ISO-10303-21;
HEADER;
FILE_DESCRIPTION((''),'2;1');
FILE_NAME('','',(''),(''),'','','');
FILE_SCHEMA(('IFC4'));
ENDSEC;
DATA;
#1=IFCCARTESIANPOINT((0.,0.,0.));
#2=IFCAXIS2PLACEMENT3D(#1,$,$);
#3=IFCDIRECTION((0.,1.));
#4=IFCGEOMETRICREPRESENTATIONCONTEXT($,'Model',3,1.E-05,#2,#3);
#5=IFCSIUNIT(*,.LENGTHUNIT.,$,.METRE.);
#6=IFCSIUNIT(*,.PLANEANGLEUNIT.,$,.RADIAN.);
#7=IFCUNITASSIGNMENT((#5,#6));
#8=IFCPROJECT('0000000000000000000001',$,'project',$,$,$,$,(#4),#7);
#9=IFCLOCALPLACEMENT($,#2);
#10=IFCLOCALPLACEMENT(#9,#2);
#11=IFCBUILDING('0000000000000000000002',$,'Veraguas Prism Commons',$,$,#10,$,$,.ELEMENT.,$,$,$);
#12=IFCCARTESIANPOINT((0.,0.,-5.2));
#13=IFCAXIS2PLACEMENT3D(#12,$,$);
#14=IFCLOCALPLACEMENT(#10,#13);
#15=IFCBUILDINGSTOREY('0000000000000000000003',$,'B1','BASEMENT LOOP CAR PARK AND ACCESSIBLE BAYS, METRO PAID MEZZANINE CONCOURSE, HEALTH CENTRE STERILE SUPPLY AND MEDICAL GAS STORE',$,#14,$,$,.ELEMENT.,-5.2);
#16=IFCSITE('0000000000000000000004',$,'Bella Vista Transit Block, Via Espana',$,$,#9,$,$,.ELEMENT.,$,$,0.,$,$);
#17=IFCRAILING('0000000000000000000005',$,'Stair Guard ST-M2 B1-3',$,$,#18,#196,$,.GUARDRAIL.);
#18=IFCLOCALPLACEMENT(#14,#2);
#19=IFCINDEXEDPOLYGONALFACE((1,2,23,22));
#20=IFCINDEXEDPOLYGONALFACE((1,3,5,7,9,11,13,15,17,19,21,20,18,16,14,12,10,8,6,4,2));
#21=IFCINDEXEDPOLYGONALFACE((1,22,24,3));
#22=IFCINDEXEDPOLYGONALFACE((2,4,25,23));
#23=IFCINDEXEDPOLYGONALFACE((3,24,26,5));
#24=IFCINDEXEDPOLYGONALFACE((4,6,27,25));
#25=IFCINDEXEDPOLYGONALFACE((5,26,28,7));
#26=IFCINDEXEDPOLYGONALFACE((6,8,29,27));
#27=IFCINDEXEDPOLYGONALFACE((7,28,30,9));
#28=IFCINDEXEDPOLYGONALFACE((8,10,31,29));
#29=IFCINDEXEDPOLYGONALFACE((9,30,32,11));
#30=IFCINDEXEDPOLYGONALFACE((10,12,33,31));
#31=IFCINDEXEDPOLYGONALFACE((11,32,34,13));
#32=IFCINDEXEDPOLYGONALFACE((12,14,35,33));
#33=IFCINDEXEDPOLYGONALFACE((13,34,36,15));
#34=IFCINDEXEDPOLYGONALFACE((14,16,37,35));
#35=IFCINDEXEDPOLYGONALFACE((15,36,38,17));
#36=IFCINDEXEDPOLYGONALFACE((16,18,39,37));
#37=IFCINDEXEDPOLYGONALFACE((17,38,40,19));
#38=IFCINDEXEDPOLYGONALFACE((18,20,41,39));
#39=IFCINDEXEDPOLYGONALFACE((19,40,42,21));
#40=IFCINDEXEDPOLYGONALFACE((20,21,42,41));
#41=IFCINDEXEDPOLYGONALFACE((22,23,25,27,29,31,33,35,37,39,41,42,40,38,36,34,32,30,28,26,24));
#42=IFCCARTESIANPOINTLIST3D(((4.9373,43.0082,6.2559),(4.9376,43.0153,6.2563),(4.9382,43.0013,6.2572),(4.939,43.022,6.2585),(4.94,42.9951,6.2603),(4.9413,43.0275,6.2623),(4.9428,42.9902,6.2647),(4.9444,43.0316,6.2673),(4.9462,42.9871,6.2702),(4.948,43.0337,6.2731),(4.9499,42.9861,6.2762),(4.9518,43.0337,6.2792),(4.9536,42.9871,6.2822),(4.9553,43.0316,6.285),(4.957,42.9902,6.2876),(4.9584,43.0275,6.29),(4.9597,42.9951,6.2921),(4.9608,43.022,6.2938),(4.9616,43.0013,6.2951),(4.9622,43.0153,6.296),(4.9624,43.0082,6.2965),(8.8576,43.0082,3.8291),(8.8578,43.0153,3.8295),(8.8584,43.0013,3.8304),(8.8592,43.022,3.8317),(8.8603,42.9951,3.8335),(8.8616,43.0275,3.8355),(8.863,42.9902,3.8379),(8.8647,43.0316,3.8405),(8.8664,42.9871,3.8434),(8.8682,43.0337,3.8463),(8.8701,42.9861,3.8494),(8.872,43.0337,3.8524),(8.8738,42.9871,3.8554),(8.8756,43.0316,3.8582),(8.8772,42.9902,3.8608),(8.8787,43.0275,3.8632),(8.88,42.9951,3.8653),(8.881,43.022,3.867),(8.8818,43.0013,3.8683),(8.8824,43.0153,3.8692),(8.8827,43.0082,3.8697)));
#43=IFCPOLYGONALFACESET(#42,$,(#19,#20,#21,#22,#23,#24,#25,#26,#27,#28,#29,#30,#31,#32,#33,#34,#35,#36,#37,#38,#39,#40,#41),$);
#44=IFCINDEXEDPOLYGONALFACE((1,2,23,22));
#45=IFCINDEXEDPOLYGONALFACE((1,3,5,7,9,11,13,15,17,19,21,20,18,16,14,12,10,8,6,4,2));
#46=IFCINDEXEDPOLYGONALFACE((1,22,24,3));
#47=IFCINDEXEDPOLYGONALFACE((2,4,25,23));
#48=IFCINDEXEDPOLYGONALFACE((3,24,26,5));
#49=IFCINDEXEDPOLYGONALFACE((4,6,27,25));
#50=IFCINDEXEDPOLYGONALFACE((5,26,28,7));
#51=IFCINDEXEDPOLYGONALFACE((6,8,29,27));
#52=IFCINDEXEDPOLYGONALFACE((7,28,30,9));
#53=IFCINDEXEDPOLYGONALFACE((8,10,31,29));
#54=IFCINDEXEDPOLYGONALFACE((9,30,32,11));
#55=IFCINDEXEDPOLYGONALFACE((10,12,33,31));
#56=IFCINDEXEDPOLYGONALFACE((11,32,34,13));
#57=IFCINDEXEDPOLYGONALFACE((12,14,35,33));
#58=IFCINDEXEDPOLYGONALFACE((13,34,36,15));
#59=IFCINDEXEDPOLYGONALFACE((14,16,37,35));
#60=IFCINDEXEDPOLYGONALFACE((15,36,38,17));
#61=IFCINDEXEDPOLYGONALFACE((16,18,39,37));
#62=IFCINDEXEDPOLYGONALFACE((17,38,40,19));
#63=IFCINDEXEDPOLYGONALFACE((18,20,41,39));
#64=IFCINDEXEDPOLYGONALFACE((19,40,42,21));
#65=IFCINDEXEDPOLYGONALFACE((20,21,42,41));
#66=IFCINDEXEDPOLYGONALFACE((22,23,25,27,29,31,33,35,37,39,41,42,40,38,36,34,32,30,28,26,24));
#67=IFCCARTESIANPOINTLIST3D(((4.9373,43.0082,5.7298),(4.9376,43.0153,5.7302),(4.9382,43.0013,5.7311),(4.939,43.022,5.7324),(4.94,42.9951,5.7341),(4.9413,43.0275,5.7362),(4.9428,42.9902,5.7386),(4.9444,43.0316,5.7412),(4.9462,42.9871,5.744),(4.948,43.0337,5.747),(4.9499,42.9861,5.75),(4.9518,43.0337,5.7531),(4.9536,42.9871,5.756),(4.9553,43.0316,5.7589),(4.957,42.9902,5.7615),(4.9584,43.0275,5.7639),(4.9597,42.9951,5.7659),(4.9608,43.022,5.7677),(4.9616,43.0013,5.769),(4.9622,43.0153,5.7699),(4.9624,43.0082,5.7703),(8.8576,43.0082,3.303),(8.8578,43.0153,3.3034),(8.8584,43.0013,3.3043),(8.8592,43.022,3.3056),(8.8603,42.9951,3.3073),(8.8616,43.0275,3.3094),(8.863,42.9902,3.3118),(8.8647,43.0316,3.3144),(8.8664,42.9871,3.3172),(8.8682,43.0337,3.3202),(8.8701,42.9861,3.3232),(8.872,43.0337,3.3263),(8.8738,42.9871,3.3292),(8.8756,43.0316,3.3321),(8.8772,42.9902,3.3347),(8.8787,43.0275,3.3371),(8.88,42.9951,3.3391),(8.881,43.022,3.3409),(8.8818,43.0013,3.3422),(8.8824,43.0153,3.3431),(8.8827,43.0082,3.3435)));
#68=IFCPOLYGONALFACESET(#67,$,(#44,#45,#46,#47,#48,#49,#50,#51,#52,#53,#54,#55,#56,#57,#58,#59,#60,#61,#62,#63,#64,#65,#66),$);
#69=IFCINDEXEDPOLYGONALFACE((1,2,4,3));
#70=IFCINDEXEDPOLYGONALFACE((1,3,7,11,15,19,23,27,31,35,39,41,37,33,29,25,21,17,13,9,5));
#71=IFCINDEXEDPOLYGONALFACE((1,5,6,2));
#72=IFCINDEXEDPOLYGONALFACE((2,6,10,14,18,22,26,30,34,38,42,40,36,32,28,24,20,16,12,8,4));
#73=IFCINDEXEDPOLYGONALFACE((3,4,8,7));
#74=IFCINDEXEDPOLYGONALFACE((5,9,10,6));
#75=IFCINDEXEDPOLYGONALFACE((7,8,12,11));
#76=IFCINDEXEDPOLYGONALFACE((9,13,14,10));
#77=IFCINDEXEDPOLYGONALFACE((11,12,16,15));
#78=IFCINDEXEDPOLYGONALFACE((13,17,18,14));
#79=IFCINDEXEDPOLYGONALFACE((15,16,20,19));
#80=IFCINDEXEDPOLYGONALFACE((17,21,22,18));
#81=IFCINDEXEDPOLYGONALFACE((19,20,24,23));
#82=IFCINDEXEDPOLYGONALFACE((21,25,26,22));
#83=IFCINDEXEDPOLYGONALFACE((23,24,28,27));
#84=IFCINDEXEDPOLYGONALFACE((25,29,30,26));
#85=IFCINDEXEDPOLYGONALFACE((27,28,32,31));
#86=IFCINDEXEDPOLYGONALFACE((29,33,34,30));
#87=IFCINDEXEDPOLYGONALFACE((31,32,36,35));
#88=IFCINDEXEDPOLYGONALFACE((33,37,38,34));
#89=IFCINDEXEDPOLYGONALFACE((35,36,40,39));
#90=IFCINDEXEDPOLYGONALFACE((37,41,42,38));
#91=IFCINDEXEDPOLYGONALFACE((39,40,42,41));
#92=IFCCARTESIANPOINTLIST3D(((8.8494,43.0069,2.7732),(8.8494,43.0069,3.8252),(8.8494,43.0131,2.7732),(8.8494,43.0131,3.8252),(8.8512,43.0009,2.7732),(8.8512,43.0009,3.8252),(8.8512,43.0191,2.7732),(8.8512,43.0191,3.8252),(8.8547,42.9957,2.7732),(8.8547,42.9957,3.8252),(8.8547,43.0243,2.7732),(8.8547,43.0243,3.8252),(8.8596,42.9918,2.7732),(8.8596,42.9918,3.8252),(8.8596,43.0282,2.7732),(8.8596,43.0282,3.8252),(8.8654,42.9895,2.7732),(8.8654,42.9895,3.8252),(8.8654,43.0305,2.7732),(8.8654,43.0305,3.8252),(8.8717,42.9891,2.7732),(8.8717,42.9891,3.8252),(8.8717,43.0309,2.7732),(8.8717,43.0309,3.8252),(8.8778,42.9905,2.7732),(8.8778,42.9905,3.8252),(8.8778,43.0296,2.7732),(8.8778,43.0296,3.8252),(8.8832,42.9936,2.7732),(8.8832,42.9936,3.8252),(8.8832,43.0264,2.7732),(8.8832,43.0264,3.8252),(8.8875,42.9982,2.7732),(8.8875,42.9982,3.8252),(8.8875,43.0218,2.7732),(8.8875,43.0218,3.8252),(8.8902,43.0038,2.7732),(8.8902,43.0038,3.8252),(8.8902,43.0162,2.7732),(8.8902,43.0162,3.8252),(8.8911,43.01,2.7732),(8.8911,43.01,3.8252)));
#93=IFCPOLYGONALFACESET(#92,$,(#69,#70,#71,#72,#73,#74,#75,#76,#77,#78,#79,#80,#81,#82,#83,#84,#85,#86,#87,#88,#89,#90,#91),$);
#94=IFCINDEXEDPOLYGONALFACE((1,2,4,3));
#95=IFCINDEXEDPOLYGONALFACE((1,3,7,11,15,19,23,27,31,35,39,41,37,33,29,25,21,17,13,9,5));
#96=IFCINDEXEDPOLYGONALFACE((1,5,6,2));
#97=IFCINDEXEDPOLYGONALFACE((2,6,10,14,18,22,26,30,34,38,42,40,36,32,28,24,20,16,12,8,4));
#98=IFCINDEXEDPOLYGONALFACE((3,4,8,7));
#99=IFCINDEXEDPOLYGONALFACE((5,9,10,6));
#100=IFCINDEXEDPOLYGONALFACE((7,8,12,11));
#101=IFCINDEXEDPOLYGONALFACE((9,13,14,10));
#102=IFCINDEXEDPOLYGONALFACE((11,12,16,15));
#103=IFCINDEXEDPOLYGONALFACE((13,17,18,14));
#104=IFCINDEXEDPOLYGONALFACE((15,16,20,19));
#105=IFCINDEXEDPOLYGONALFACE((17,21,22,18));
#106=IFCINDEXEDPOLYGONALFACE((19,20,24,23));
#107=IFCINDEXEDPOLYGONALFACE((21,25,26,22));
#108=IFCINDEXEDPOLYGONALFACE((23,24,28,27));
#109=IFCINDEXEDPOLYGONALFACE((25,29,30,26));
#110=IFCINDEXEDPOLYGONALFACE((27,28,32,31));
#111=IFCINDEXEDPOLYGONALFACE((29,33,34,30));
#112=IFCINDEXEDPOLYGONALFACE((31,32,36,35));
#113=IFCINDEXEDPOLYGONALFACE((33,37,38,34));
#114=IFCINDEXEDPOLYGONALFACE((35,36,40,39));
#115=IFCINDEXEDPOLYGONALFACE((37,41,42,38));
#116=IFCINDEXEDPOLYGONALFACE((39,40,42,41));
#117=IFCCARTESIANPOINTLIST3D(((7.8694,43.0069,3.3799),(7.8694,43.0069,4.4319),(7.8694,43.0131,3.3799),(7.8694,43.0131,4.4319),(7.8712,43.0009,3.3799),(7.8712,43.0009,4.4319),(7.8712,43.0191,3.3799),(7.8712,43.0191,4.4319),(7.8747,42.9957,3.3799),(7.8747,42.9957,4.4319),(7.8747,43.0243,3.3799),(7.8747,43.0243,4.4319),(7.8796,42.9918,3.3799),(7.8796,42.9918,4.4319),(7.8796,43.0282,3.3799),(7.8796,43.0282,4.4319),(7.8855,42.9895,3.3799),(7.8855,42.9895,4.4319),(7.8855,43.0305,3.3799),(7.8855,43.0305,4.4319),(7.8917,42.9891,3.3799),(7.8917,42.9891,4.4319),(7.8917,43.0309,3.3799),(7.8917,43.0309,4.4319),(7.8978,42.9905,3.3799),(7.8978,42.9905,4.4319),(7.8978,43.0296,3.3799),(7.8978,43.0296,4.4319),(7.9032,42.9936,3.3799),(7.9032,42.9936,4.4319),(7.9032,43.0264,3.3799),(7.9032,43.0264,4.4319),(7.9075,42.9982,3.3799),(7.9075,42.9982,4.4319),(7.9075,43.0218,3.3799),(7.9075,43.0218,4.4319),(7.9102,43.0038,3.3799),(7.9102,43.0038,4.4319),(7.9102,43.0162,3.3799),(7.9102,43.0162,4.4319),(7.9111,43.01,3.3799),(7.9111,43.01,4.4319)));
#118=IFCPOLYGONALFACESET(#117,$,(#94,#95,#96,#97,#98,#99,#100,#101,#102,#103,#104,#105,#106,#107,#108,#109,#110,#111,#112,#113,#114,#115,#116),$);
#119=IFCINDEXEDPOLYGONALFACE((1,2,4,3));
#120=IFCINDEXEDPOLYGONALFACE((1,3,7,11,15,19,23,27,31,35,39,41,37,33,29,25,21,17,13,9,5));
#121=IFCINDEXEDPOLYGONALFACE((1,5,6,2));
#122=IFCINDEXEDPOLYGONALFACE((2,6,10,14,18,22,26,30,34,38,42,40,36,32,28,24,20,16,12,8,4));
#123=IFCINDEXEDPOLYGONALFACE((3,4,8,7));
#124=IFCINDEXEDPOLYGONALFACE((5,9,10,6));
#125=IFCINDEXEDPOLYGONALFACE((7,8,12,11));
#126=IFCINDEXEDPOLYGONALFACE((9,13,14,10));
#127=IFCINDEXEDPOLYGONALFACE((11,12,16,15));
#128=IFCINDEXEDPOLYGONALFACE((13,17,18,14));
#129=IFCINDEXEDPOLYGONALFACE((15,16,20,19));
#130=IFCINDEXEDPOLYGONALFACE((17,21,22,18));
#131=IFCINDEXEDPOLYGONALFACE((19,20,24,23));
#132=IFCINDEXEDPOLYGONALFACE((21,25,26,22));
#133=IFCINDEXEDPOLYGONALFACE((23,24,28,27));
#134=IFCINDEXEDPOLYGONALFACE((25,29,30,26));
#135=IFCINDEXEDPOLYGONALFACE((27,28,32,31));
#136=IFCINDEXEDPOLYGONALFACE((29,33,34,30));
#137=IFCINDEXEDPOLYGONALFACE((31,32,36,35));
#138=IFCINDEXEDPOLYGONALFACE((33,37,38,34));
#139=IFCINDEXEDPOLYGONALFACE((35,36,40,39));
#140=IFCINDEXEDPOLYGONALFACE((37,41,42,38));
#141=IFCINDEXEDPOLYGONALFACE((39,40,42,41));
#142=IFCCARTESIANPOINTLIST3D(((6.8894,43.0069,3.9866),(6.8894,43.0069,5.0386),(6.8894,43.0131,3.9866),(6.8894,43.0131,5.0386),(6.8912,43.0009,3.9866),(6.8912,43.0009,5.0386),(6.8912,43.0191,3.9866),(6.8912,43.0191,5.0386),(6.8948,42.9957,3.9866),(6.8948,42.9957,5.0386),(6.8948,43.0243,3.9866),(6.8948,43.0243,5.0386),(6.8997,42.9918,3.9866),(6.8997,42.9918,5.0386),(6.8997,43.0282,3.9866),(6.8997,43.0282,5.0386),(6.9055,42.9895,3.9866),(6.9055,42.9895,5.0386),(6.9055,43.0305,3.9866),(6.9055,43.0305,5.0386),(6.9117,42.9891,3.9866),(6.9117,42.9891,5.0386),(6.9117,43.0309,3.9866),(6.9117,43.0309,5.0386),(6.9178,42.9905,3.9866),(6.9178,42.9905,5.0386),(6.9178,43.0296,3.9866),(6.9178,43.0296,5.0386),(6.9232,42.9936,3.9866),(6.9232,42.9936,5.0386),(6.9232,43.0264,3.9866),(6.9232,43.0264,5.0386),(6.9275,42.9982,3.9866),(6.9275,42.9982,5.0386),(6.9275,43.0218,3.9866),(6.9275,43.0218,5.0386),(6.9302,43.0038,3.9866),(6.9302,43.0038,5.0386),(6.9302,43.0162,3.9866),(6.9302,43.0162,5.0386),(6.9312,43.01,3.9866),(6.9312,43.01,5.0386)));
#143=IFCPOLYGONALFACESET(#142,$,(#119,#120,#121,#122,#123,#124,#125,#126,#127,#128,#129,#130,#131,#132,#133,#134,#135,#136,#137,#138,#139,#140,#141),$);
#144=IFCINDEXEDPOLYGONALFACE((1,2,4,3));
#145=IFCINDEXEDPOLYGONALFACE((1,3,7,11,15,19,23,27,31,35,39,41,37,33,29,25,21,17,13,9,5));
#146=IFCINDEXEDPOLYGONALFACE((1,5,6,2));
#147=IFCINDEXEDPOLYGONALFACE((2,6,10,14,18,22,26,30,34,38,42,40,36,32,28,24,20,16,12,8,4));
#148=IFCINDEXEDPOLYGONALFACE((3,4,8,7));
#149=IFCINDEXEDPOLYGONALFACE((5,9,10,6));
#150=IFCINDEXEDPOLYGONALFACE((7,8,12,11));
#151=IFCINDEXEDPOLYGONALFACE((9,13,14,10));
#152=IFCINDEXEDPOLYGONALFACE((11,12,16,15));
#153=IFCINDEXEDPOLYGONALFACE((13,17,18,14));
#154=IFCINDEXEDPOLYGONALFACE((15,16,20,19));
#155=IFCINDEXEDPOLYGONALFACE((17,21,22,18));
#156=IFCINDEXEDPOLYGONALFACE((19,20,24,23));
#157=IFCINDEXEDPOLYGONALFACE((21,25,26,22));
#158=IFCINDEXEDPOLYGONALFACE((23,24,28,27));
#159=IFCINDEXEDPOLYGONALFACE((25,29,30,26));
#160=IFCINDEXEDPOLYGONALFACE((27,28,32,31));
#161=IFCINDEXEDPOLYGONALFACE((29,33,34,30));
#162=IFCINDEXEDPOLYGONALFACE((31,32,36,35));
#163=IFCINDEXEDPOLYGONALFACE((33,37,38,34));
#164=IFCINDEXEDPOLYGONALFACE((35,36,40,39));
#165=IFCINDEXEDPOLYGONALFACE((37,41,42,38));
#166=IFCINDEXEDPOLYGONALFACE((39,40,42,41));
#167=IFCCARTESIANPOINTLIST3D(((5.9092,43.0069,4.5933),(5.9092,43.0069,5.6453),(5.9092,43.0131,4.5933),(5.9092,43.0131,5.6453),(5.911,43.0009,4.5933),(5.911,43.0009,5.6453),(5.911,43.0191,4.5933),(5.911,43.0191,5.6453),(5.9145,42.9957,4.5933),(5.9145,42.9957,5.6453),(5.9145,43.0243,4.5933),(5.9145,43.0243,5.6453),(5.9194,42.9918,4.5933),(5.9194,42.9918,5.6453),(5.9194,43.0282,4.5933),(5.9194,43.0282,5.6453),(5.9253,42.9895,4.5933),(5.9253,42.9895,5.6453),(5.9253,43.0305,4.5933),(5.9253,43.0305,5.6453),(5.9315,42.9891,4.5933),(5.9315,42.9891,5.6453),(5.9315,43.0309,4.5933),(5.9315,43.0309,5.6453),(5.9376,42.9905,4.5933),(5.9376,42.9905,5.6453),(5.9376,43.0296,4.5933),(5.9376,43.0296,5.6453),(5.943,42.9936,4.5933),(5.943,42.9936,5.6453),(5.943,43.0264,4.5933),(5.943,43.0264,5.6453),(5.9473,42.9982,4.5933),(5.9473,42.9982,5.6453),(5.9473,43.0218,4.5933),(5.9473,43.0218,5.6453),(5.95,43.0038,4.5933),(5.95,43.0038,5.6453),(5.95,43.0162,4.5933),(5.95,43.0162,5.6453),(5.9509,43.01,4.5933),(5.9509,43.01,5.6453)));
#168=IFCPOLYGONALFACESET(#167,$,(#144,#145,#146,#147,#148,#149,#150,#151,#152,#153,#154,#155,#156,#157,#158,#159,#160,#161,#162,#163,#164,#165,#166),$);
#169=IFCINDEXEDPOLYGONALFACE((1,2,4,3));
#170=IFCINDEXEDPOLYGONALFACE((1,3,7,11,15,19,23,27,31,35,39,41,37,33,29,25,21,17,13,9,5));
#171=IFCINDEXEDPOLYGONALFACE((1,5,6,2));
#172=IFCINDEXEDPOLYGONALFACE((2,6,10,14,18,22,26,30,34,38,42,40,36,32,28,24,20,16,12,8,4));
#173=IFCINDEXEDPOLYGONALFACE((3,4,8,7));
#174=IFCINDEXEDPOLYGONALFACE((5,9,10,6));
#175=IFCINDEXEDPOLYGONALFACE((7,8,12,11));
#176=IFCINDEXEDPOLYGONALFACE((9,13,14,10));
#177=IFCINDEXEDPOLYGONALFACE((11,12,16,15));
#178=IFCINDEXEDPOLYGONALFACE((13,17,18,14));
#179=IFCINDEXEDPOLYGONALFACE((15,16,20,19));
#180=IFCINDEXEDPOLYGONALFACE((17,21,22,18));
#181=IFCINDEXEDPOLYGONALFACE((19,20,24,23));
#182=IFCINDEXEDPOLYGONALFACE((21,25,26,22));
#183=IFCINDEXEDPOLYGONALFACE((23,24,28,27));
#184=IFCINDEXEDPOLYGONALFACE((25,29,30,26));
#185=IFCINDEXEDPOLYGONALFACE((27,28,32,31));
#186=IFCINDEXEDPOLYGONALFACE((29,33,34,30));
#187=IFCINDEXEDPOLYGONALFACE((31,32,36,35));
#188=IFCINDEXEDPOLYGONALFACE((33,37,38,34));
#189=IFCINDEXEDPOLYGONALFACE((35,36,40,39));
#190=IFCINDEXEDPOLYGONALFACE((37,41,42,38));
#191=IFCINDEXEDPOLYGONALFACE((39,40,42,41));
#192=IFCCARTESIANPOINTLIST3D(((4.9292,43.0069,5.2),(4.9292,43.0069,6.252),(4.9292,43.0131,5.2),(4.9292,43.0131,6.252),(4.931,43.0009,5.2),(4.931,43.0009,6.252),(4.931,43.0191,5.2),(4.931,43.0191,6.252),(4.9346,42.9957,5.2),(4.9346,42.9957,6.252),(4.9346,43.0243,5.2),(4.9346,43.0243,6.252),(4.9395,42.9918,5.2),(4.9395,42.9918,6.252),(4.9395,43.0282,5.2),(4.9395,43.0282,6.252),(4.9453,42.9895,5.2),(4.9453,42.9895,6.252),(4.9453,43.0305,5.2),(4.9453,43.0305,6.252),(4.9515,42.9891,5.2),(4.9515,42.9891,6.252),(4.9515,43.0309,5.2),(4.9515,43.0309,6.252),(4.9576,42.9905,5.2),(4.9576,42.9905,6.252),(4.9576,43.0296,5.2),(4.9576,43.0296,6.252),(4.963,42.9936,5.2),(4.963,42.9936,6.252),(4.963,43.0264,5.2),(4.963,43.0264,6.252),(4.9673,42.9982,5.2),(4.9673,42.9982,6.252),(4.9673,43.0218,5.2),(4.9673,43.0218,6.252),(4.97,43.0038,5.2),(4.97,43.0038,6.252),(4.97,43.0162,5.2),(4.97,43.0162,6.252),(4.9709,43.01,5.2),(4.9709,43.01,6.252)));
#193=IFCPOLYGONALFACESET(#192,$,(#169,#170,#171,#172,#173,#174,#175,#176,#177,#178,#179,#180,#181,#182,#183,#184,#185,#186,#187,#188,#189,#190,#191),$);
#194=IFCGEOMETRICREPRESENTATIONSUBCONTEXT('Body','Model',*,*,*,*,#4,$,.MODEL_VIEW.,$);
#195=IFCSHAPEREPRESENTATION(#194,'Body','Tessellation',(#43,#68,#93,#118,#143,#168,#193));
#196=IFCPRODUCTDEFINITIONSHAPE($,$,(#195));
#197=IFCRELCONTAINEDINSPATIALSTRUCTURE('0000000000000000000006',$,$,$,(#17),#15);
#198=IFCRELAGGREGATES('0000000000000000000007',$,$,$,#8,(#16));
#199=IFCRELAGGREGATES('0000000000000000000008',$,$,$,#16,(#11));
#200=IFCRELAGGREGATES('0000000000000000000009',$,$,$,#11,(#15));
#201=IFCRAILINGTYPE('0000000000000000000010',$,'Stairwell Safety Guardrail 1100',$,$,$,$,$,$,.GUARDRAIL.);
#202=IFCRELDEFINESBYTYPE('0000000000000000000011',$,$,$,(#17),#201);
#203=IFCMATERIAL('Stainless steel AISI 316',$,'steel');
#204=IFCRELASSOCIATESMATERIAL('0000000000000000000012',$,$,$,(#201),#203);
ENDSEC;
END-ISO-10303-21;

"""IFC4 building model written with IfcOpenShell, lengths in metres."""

from ifc_helpers import new_model, si_unit, direction, frame, origin, origin_2d, place, context, subcontext, project, spatial, circle, extrude, material, type_object, element, save


model = new_model("IFC4")

# Units and contexts
model_context = context("Model", 3, precision=1e-05, world=origin(), true_north=direction((0.0, 1.0)))
body_context = subcontext(model_context, "Body", "Model", "MODEL_VIEW")
ifc_project = project(units=[si_unit("LENGTHUNIT", "METRE"), si_unit("PLANEANGLEUNIT", "RADIAN")], contexts=[model_context])

# Site, building, storey
site_placement = place(None, origin())
site = spatial("IfcSite", under=ifc_project, at=site_placement, Name="Bella Vista Transit Block, Via Espana", CompositionType="ELEMENT", RefElevation=0.0)
building_placement = place(site_placement, origin())
building = spatial("IfcBuilding", under=site, at=building_placement, Name="Veraguas Prism Commons", CompositionType="ELEMENT")
storey_placement = place(building_placement, frame((0.0, 0.0, -5.2)))
storey = spatial("IfcBuildingStorey", under=building, at=storey_placement, Name="B1", Description="BASEMENT LOOP CAR PARK AND ACCESSIBLE BAYS, METRO PAID MEZZANINE CONCOURSE, HEALTH CENTRE STERILE SUPPLY AND MEDICAL GAS STORE", CompositionType="ELEMENT", Elevation=-5.2)

# Railing
ifc_material_1 = material(Name="Stainless steel AISI 316", Category="steel")
railing_type_1 = type_object("IfcRailingType", Name="Stairwell Safety Guardrail 1100", PredefinedType="GUARDRAIL", material=ifc_material_1)
railing_1_placement = place(storey_placement, frame((8.8701, 43.01, 2.7732)))
element("IfcRailing", 1, at=railing_1_placement, inside=storey, type_object=railing_type_1, Name="Stair Guard ST-M2 B1-3", PredefinedType="GUARDRAIL", context=body_context, shape_type="SweptSolid", body=[
    extrude(circle(Radius=0.0239, at=origin_2d()), frame((0.0, 0.0, 1.0762), z_axis=(-0.850266, 0.0, 0.526353), x_axis=(0.0, -1.0, 0.0)), (0.0, 0.0, 1.0), 4.6106),
    extrude(circle(Radius=0.0239, at=origin_2d()), frame((0.0, 0.0, 0.55), z_axis=(-0.850266, 0.0, 0.526353), x_axis=(0.0, -1.0, 0.0)), (0.0, 0.0, 1.0), 4.6106),
    extrude(circle(Radius=0.021, at=origin_2d()), origin(), (0.0, 0.0, 1.0), 1.052),
    extrude(circle(Radius=0.021, at=origin_2d()), frame((-0.98, 0.0, 0.6067)), (0.0, 0.0, 1.0), 1.052),
    extrude(circle(Radius=0.021, at=origin_2d()), frame((-1.96, 0.0, 1.2134)), (0.0, 0.0, 1.0), 1.052),
    extrude(circle(Radius=0.021, at=origin_2d()), frame((-2.9402, 0.0, 1.8201)), (0.0, 0.0, 1.0), 1.052),
    extrude(circle(Radius=0.021, at=origin_2d()), frame((-3.9202, 0.0, 2.4268)), (0.0, 0.0, 1.0), 1.052),
])

save(model, "model.ifc")
